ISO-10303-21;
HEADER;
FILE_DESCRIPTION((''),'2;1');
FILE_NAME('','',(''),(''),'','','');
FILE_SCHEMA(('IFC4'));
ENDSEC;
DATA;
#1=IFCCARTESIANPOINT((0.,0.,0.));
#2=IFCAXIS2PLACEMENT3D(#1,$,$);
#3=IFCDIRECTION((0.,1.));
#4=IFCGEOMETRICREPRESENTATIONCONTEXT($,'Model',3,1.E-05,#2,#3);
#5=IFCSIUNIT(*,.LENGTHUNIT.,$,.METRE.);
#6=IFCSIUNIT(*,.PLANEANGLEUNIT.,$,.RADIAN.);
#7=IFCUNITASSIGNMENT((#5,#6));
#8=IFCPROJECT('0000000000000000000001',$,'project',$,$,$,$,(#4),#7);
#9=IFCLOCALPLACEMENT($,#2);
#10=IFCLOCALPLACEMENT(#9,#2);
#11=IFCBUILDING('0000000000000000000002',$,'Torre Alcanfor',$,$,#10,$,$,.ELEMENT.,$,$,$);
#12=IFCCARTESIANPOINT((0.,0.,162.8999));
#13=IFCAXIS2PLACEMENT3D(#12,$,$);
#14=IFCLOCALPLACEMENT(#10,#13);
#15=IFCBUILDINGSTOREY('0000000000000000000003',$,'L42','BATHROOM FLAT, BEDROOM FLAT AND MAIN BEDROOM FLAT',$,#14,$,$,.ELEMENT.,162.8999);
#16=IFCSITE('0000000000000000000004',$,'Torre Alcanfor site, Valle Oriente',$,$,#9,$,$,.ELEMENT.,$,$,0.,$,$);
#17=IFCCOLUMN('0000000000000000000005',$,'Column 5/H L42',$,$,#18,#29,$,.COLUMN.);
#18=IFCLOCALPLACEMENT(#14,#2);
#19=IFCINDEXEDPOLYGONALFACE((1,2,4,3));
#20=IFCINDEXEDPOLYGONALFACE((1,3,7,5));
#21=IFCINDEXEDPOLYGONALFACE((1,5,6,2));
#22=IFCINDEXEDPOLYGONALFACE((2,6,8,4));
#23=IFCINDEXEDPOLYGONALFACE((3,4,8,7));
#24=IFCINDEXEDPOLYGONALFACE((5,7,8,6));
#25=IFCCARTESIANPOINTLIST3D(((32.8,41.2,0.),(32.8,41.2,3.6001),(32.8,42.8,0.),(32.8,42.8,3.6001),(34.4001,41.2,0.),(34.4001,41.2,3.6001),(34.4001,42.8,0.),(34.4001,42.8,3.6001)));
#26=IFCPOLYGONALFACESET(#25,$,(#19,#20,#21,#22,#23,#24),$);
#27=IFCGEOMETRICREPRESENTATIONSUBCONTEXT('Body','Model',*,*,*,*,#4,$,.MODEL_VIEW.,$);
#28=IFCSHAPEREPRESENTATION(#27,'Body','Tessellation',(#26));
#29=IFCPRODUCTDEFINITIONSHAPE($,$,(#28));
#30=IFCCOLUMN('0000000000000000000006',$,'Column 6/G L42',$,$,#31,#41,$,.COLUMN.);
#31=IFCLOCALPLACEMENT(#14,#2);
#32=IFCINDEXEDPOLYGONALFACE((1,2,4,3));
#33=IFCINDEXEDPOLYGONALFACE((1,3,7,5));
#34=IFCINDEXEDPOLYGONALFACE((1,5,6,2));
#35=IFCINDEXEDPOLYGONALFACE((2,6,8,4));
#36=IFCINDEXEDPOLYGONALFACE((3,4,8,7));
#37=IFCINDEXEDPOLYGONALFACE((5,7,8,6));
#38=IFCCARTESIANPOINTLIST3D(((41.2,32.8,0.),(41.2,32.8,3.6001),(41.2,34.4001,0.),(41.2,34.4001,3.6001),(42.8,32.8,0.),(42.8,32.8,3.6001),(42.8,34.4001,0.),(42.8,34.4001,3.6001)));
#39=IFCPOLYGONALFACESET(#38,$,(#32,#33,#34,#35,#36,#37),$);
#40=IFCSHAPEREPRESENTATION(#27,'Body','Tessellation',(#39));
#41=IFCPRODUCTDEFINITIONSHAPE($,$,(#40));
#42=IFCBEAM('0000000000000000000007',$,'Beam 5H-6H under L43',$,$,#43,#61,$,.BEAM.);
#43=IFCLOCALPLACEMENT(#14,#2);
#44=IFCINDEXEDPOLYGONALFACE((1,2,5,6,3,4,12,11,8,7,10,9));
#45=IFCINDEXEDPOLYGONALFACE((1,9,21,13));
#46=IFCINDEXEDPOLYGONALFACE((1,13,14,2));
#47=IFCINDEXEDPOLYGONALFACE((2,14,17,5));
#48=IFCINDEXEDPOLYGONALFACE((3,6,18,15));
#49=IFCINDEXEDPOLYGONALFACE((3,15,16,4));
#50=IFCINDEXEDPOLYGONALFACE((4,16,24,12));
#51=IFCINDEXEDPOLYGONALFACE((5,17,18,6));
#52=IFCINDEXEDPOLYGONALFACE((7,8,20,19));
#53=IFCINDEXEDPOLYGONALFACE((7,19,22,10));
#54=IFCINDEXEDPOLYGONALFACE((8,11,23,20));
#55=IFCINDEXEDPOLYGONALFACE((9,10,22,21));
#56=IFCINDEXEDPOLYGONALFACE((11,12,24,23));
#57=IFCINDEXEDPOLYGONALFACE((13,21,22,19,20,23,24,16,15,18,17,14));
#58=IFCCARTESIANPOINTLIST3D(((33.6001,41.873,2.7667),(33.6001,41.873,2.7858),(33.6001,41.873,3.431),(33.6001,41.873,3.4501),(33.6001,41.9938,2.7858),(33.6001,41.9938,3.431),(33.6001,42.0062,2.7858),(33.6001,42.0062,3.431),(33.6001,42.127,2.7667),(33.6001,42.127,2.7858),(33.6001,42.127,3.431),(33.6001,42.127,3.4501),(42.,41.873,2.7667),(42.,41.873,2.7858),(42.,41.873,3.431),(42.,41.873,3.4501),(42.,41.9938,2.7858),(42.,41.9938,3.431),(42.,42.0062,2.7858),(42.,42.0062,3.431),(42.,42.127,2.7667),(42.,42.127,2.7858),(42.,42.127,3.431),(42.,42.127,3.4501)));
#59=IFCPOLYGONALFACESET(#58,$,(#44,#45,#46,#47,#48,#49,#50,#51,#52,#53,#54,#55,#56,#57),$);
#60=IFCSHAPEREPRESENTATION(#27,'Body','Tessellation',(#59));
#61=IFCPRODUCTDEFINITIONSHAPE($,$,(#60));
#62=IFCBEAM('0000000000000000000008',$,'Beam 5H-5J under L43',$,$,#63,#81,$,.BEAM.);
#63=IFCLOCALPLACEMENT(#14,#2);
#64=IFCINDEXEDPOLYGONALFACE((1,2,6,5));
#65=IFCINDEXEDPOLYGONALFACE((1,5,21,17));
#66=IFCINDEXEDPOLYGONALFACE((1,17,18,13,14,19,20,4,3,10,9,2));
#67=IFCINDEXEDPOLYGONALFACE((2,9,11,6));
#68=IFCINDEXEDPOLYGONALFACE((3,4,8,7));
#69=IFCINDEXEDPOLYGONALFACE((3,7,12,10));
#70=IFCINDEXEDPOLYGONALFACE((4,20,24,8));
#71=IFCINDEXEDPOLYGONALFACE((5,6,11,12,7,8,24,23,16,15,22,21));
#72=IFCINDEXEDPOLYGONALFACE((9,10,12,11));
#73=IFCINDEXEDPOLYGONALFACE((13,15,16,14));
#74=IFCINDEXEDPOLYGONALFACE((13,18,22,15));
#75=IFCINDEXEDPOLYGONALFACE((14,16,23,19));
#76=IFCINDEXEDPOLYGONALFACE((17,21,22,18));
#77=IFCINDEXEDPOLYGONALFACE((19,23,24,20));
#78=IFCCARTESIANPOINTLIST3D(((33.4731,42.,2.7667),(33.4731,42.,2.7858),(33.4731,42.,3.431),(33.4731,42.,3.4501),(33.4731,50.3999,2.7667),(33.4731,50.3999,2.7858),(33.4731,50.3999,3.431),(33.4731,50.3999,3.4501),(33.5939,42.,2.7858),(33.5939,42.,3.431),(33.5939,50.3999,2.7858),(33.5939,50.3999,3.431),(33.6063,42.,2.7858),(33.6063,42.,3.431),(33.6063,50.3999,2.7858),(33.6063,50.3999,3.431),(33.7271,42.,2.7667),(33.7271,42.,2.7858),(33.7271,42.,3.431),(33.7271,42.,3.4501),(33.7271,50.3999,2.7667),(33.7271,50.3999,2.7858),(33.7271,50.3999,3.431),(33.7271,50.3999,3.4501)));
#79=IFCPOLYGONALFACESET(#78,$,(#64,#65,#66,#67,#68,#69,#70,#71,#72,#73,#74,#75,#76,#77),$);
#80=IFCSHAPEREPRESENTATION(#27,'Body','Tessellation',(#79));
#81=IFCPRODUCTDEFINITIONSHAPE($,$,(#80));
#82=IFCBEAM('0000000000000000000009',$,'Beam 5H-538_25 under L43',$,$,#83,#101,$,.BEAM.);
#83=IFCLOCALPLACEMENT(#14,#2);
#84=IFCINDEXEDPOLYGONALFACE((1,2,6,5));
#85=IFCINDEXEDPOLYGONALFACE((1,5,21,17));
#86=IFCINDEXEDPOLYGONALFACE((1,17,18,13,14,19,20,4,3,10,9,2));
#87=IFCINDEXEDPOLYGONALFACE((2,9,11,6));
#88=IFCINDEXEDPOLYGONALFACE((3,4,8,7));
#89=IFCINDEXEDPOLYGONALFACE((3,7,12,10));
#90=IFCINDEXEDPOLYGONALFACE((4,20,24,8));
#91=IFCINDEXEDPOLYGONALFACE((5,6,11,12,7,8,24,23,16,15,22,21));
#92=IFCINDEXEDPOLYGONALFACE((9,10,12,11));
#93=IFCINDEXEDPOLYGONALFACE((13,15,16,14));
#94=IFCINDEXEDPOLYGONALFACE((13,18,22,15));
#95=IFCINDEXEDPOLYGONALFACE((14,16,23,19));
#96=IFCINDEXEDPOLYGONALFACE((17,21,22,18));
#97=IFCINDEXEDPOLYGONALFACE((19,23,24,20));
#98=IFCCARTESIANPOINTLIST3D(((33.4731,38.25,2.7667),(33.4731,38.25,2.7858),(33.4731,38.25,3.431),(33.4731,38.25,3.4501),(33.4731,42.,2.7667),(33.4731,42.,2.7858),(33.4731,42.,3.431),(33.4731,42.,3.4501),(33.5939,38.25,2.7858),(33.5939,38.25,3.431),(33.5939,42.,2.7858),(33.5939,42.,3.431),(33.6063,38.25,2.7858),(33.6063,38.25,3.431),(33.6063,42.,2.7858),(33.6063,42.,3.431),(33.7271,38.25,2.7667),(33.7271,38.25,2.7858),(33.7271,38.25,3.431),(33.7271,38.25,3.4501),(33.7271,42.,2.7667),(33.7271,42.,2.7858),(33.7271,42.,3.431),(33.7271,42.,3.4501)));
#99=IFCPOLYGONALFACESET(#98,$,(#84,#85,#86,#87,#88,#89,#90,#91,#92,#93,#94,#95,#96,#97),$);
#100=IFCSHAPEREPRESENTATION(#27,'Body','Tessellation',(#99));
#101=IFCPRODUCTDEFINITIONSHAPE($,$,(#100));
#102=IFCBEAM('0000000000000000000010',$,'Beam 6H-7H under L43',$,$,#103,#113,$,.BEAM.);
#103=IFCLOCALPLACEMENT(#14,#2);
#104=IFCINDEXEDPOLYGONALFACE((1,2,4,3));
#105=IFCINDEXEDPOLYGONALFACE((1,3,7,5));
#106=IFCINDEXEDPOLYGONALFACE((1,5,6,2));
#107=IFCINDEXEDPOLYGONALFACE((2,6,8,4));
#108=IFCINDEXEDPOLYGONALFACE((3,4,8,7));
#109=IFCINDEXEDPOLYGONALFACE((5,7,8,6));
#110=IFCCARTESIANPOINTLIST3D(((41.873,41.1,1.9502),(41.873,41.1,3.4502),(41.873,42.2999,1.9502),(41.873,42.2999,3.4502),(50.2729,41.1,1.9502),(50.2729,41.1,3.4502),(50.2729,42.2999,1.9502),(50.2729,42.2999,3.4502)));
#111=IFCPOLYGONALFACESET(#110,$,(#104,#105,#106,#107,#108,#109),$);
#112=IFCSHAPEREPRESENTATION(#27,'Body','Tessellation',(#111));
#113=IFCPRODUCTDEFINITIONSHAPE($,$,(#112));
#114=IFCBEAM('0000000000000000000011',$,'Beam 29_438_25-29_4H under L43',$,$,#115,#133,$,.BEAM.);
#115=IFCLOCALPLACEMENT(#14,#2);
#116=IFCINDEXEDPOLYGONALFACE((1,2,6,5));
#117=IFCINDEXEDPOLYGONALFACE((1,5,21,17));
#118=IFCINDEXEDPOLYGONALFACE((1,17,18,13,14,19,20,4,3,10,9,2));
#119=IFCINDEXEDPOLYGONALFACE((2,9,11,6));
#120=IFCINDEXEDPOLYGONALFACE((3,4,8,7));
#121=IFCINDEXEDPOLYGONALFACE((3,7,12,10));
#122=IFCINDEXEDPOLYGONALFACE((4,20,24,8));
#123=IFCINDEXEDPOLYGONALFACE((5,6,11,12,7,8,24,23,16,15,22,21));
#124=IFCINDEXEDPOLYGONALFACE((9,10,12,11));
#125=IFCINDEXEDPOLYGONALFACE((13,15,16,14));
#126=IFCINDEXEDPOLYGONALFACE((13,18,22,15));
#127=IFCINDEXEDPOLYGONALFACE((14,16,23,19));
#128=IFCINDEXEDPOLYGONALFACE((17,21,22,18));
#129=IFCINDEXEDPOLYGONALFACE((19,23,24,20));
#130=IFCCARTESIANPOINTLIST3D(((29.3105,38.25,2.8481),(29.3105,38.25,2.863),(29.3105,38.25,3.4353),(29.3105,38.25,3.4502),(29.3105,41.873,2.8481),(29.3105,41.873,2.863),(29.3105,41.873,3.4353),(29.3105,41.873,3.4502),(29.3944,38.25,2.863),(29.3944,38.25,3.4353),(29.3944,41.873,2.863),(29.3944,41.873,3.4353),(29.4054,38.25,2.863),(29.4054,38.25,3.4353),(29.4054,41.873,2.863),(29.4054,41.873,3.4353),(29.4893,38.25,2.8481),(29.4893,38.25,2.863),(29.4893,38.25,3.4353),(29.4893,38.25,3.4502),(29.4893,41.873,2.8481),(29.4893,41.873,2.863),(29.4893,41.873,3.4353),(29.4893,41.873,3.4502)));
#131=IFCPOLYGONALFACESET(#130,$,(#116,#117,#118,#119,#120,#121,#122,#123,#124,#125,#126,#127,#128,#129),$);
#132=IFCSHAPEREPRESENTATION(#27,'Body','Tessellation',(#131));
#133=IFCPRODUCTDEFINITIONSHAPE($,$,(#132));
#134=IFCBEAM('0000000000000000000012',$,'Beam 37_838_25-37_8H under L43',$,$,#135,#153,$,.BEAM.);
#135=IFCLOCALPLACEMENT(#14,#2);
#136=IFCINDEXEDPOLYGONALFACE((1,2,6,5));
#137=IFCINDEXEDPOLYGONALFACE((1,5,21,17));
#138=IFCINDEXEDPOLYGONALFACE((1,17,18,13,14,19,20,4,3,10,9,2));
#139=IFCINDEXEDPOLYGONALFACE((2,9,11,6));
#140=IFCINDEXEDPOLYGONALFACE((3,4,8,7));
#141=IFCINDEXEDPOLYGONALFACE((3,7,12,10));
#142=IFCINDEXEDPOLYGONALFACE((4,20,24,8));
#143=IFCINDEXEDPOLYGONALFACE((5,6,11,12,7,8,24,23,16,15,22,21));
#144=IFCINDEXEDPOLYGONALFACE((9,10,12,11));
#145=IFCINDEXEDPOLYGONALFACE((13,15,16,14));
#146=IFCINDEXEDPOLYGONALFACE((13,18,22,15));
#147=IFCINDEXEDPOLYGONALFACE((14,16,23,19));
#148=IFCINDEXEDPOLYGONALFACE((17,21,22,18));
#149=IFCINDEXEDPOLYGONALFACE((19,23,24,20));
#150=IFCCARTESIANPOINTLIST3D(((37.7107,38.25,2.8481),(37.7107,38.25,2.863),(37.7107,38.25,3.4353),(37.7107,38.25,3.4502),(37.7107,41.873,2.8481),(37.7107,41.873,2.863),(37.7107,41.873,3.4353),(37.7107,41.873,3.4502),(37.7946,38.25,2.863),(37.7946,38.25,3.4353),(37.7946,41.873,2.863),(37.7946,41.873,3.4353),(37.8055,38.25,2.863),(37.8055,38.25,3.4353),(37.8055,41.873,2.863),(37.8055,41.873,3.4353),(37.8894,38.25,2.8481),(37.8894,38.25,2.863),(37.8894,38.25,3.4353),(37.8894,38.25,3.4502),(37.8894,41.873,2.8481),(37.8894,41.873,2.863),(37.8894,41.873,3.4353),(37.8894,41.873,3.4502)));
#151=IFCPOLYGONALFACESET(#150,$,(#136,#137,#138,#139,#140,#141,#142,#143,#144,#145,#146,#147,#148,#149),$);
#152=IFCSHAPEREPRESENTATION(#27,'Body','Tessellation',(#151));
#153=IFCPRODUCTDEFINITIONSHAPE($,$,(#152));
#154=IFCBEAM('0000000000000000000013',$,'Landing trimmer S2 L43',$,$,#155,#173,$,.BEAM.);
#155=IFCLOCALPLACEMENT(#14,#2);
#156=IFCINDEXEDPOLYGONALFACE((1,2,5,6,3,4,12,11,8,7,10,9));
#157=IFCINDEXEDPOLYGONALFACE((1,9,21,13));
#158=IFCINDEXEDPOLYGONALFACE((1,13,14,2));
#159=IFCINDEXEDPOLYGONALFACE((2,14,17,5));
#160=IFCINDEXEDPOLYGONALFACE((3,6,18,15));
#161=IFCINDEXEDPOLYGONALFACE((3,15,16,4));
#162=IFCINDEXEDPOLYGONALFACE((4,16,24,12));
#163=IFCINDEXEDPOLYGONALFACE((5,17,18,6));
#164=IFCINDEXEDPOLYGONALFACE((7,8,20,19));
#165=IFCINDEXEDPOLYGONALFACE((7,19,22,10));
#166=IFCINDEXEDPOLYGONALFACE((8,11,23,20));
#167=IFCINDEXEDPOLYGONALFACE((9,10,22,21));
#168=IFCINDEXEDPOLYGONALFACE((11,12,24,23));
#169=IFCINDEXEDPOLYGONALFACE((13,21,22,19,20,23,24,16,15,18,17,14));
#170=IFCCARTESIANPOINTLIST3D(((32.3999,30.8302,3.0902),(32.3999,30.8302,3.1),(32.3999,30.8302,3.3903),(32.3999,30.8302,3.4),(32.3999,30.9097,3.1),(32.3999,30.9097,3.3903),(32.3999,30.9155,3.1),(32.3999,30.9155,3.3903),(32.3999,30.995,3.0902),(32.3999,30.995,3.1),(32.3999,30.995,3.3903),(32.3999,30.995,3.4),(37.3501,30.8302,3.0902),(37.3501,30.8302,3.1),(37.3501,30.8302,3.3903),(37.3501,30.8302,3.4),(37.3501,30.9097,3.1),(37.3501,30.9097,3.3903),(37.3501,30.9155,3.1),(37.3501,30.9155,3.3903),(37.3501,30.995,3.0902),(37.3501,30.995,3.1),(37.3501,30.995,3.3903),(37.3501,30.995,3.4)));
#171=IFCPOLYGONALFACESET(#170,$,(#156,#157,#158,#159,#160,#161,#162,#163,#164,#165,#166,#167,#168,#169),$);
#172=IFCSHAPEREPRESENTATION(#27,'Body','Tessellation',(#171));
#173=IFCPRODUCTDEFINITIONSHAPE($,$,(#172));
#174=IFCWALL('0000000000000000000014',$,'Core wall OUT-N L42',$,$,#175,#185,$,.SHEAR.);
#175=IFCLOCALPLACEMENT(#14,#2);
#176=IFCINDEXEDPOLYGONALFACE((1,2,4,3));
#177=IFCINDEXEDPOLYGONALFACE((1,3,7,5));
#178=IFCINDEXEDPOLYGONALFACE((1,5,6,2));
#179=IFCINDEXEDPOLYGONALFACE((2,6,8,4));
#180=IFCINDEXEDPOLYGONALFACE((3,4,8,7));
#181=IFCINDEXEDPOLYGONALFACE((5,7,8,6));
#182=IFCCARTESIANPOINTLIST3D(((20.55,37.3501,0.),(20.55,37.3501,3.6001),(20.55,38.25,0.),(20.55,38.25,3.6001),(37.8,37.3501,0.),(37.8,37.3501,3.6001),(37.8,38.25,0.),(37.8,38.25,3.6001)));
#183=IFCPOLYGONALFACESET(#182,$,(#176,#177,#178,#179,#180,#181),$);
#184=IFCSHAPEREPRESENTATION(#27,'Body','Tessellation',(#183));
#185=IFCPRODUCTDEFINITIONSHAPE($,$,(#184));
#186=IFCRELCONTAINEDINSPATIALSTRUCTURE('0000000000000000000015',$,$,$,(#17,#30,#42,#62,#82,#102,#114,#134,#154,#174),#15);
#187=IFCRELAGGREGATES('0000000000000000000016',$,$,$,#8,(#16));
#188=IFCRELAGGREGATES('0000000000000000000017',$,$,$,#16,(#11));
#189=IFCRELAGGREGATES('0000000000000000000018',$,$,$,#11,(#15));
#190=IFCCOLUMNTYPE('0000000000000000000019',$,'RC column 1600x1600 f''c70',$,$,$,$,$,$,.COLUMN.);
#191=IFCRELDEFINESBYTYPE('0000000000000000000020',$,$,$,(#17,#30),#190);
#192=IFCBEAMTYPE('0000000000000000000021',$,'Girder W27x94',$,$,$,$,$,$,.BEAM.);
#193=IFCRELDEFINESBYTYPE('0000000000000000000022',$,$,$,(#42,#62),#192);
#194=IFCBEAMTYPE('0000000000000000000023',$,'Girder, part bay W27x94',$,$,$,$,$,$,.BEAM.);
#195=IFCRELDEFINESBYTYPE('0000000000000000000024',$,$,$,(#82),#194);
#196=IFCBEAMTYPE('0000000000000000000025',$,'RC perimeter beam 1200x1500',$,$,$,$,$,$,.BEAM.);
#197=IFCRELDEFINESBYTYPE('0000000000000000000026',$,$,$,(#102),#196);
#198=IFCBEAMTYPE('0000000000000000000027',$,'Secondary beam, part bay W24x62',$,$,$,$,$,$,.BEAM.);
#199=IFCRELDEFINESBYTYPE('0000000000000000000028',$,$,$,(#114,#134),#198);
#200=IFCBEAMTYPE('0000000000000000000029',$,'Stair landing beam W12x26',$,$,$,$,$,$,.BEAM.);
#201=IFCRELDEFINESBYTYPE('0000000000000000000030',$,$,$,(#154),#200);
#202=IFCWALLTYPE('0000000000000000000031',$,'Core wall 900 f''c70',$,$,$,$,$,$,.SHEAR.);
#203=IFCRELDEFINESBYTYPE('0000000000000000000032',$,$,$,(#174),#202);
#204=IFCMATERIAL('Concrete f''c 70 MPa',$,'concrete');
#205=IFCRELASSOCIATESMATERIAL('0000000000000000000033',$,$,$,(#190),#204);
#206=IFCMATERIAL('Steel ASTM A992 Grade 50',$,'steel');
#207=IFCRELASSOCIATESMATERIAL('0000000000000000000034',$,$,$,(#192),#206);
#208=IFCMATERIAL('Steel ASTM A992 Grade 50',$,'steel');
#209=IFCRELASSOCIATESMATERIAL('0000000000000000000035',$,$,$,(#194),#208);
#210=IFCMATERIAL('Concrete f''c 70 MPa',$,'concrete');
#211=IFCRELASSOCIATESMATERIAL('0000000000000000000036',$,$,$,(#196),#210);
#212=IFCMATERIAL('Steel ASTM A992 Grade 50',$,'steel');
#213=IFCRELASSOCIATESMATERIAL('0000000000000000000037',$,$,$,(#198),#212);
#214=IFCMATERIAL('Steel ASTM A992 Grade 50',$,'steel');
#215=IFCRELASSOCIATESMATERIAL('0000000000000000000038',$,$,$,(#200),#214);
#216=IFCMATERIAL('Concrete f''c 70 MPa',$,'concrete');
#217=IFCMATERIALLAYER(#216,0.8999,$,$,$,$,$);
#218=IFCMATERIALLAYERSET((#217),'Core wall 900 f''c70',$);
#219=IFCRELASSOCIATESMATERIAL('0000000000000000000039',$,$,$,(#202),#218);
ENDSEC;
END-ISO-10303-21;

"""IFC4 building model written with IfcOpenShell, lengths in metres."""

from ifc_helpers import new_model, si_unit, direction, frame, frame_2d, origin, origin_2d, place, context, subcontext, project, spatial, rectangle, i_section, extrude, material, layer, layer_set, material_profile, profile_set, type_object, element, save


model = new_model("IFC4")

# Units and contexts
model_context = context("Model", 3, precision=1e-05, world=origin(), true_north=direction((0.0, 1.0)))
body_context = subcontext(model_context, "Body", "Model", "MODEL_VIEW")
ifc_project = project(units=[si_unit("LENGTHUNIT", "METRE"), si_unit("PLANEANGLEUNIT", "RADIAN")], contexts=[model_context])

# Site, building, storey
site_placement = place(None, origin())
site = spatial("IfcSite", under=ifc_project, at=site_placement, Name="Torre Alcanfor site, Valle Oriente", CompositionType="ELEMENT", RefElevation=0.0)
building_placement = place(site_placement, origin())
building = spatial("IfcBuilding", under=site, at=building_placement, Name="Torre Alcanfor", CompositionType="ELEMENT")
storey_placement = place(building_placement, frame((0.0, 0.0, 162.8999)))
storey = spatial("IfcBuildingStorey", under=building, at=storey_placement, Name="L42", Description="BATHROOM FLAT, BEDROOM FLAT AND MAIN BEDROOM FLAT", CompositionType="ELEMENT", Elevation=162.8999)

# Columns
ifc_material_1 = material(Name="Concrete f'c 70 MPa", Category="concrete")
ifc_material_profile_1 = material_profile(ifc_material_1, rectangle(XDim=1.6001, YDim=1.6001, at=origin_2d()), Name="1600x1600")
ifc_profile_set_1 = profile_set([ifc_material_profile_1], Name="Concrete f'c 70 MPa")
column_type = type_object("IfcColumnType", Name="RC column 1600x1600 f'c70", PredefinedType="COLUMN", material=ifc_profile_set_1)
for number, where, z_axis, x_axis, name in (
    (1, (33.6001, 42.0, 0.0), (0.0, 0.0, 1.0), (1.0, 0.0, 0.0), "Column 5/H L42"),
    (2, (42.0, 33.6001, 0.0), (0.0, 0.0, 1.0), (1.0, 0.0, 0.0), "Column 6/G L42"),
):
    element("IfcColumn", number, at=place(storey_placement, frame(where, z_axis=z_axis, x_axis=x_axis)), inside=storey, type_object=column_type, Name=name, PredefinedType="COLUMN", context=body_context, shape_type="SweptSolid", body=[
        extrude(rectangle(XDim=1.6001, YDim=1.6001, at=origin_2d()), origin(), (0.0, 0.0, 1.0), 3.6001),
    ])

# Beams
ifc_material_2 = material(Name="Steel ASTM A992 Grade 50", Category="steel")
ifc_material_profile_2 = material_profile(ifc_material_2, i_section(OverallWidth=0.2539, OverallDepth=0.6833, WebThickness=0.0125, FlangeThickness=0.019, at=origin_2d()), Name="W27x94")
ifc_profile_set_2 = profile_set([ifc_material_profile_2], Name="Steel ASTM A992 Grade 50")
beam_type_1 = type_object("IfcBeamType", Name="Girder W27x94", PredefinedType="BEAM", material=ifc_profile_set_2)
for number, where, z_axis, x_axis, name in (
    (3, (33.6001, 42.0, 3.1084), (1.0, 0.0, 0.0), (0.0, 1.0, 0.0), "Beam 5H-6H under L43"),
    (4, (33.6001, 42.0, 3.1084), (0.0, 1.0, 0.0), (-1.0, 0.0, 0.0), "Beam 5H-5J under L43"),
):
    element("IfcBeam", number, at=place(storey_placement, frame(where, z_axis=z_axis, x_axis=x_axis)), inside=storey, type_object=beam_type_1, Name=name, PredefinedType="BEAM", context=body_context, shape_type="SweptSolid", body=[
        extrude(i_section(OverallWidth=0.2539, OverallDepth=0.6833, WebThickness=0.0125, FlangeThickness=0.019, at=origin_2d()), origin(), (0.0, 0.0, 1.0), 8.3999),
    ])
ifc_material_3 = material(Name="Steel ASTM A992 Grade 50", Category="steel")
ifc_material_profile_3 = material_profile(ifc_material_3, i_section(OverallWidth=0.2539, OverallDepth=0.6833, WebThickness=0.0125, FlangeThickness=0.019, at=origin_2d()), Name="W27x94")
ifc_profile_set_3 = profile_set([ifc_material_profile_3], Name="Steel ASTM A992 Grade 50")
beam_type_2 = type_object("IfcBeamType", Name="Girder, part bay W27x94", PredefinedType="BEAM", material=ifc_profile_set_3)
beam_1_placement = place(storey_placement, frame((33.6001, 42.0, 3.1084), z_axis=(0.0, -1.0, 0.0), x_axis=(1.0, 0.0, 0.0)))
element("IfcBeam", 5, at=beam_1_placement, inside=storey, type_object=beam_type_2, Name="Beam 5H-538_25 under L43", PredefinedType="BEAM", context=body_context, shape_type="SweptSolid", body=[
    extrude(i_section(OverallWidth=0.2539, OverallDepth=0.6833, WebThickness=0.0125, FlangeThickness=0.019, at=origin_2d()), origin(), (0.0, 0.0, 1.0), 3.75),
])
ifc_material_4 = material(Name="Concrete f'c 70 MPa", Category="concrete")
ifc_material_profile_4 = material_profile(ifc_material_4, rectangle(XDim=1.2, YDim=1.5, at=origin_2d()), Name="1200x1500")
ifc_profile_set_4 = profile_set([ifc_material_profile_4], Name="Concrete f'c 70 MPa")
beam_type_3 = type_object("IfcBeamType", Name="RC perimeter beam 1200x1500", PredefinedType="BEAM", material=ifc_profile_set_4)
beam_2_placement = place(storey_placement, frame((41.873, 41.7, 2.7002), z_axis=(1.0, 0.0, 0.0), x_axis=(0.0, 1.0, 0.0)))
element("IfcBeam", 6, at=beam_2_placement, inside=storey, type_object=beam_type_3, Name="Beam 6H-7H under L43", PredefinedType="BEAM", context=body_context, shape_type="SweptSolid", body=[
    extrude(rectangle(XDim=1.2, YDim=1.5, at=origin_2d()), origin(), (0.0, 0.0, 1.0), 8.3999),
])
ifc_material_5 = material(Name="Steel ASTM A992 Grade 50", Category="steel")
ifc_material_profile_5 = material_profile(ifc_material_5, i_section(OverallWidth=0.1787, OverallDepth=0.6021, WebThickness=0.011, FlangeThickness=0.0149, at=origin_2d()), Name="W24x62")
ifc_profile_set_5 = profile_set([ifc_material_profile_5], Name="Steel ASTM A992 Grade 50")
beam_type_4 = type_object("IfcBeamType", Name="Secondary beam, part bay W24x62", PredefinedType="BEAM", material=ifc_profile_set_5)
for number, where, z_axis, x_axis, name in (
    (7, (29.3999, 38.25, 3.1492), (0.0, 1.0, 0.0), (-1.0, 0.0, 0.0), "Beam 29_438_25-29_4H under L43"),
    (8, (37.8, 38.25, 3.1492), (0.0, 1.0, 0.0), (-1.0, 0.0, 0.0), "Beam 37_838_25-37_8H under L43"),
):
    element("IfcBeam", number, at=place(storey_placement, frame(where, z_axis=z_axis, x_axis=x_axis)), inside=storey, type_object=beam_type_4, Name=name, PredefinedType="BEAM", context=body_context, shape_type="SweptSolid", body=[
        extrude(i_section(OverallWidth=0.1787, OverallDepth=0.6021, WebThickness=0.011, FlangeThickness=0.0149, at=origin_2d()), origin(), (0.0, 0.0, 1.0), 3.623),
    ])
ifc_material_6 = material(Name="Steel ASTM A992 Grade 50", Category="steel")
ifc_material_profile_6 = material_profile(ifc_material_6, i_section(OverallWidth=0.1648, OverallDepth=0.3098, WebThickness=0.0059, FlangeThickness=0.0098, at=origin_2d()), Name="W12x26")
ifc_profile_set_6 = profile_set([ifc_material_profile_6], Name="Steel ASTM A992 Grade 50")
beam_type_5 = type_object("IfcBeamType", Name="Stair landing beam W12x26", PredefinedType="BEAM", material=ifc_profile_set_6)
beam_3_placement = place(storey_placement, frame((32.3999, 30.9126, 3.2451), z_axis=(1.0, 0.0, 0.0), x_axis=(0.0, 1.0, 0.0)))
element("IfcBeam", 9, at=beam_3_placement, inside=storey, type_object=beam_type_5, Name="Landing trimmer S2 L43", PredefinedType="BEAM", context=body_context, shape_type="SweptSolid", body=[
    extrude(i_section(OverallWidth=0.1648, OverallDepth=0.3098, WebThickness=0.0059, FlangeThickness=0.0098, at=origin_2d()), origin(), (0.0, 0.0, 1.0), 4.9502),
])

# Wall
ifc_material_7 = material(Name="Concrete f'c 70 MPa", Category="concrete")
ifc_layer_1 = layer(ifc_material_7, 0.8999)
ifc_layer_set_1 = layer_set([ifc_layer_1], Name="Core wall 900 f'c70")
wall_type_1 = type_object("IfcWallType", Name="Core wall 900 f'c70", PredefinedType="SHEAR", material=ifc_layer_set_1)
wall_1_placement = place(storey_placement, frame((37.8, 37.8, 0.0), z_axis=(0.0, 0.0, 1.0), x_axis=(-1.0, 0.0, 0.0)))
element("IfcWall", 10, at=wall_1_placement, inside=storey, type_object=wall_type_1, Name="Core wall OUT-N L42", PredefinedType="SHEAR", context=body_context, shape_type="SweptSolid", body=[
    extrude(rectangle(XDim=17.25, YDim=0.8999, at=frame_2d((8.625, 0.0))), origin(), (0.0, 0.0, 1.0), 3.6001),
])

save(model, "model.ifc")
